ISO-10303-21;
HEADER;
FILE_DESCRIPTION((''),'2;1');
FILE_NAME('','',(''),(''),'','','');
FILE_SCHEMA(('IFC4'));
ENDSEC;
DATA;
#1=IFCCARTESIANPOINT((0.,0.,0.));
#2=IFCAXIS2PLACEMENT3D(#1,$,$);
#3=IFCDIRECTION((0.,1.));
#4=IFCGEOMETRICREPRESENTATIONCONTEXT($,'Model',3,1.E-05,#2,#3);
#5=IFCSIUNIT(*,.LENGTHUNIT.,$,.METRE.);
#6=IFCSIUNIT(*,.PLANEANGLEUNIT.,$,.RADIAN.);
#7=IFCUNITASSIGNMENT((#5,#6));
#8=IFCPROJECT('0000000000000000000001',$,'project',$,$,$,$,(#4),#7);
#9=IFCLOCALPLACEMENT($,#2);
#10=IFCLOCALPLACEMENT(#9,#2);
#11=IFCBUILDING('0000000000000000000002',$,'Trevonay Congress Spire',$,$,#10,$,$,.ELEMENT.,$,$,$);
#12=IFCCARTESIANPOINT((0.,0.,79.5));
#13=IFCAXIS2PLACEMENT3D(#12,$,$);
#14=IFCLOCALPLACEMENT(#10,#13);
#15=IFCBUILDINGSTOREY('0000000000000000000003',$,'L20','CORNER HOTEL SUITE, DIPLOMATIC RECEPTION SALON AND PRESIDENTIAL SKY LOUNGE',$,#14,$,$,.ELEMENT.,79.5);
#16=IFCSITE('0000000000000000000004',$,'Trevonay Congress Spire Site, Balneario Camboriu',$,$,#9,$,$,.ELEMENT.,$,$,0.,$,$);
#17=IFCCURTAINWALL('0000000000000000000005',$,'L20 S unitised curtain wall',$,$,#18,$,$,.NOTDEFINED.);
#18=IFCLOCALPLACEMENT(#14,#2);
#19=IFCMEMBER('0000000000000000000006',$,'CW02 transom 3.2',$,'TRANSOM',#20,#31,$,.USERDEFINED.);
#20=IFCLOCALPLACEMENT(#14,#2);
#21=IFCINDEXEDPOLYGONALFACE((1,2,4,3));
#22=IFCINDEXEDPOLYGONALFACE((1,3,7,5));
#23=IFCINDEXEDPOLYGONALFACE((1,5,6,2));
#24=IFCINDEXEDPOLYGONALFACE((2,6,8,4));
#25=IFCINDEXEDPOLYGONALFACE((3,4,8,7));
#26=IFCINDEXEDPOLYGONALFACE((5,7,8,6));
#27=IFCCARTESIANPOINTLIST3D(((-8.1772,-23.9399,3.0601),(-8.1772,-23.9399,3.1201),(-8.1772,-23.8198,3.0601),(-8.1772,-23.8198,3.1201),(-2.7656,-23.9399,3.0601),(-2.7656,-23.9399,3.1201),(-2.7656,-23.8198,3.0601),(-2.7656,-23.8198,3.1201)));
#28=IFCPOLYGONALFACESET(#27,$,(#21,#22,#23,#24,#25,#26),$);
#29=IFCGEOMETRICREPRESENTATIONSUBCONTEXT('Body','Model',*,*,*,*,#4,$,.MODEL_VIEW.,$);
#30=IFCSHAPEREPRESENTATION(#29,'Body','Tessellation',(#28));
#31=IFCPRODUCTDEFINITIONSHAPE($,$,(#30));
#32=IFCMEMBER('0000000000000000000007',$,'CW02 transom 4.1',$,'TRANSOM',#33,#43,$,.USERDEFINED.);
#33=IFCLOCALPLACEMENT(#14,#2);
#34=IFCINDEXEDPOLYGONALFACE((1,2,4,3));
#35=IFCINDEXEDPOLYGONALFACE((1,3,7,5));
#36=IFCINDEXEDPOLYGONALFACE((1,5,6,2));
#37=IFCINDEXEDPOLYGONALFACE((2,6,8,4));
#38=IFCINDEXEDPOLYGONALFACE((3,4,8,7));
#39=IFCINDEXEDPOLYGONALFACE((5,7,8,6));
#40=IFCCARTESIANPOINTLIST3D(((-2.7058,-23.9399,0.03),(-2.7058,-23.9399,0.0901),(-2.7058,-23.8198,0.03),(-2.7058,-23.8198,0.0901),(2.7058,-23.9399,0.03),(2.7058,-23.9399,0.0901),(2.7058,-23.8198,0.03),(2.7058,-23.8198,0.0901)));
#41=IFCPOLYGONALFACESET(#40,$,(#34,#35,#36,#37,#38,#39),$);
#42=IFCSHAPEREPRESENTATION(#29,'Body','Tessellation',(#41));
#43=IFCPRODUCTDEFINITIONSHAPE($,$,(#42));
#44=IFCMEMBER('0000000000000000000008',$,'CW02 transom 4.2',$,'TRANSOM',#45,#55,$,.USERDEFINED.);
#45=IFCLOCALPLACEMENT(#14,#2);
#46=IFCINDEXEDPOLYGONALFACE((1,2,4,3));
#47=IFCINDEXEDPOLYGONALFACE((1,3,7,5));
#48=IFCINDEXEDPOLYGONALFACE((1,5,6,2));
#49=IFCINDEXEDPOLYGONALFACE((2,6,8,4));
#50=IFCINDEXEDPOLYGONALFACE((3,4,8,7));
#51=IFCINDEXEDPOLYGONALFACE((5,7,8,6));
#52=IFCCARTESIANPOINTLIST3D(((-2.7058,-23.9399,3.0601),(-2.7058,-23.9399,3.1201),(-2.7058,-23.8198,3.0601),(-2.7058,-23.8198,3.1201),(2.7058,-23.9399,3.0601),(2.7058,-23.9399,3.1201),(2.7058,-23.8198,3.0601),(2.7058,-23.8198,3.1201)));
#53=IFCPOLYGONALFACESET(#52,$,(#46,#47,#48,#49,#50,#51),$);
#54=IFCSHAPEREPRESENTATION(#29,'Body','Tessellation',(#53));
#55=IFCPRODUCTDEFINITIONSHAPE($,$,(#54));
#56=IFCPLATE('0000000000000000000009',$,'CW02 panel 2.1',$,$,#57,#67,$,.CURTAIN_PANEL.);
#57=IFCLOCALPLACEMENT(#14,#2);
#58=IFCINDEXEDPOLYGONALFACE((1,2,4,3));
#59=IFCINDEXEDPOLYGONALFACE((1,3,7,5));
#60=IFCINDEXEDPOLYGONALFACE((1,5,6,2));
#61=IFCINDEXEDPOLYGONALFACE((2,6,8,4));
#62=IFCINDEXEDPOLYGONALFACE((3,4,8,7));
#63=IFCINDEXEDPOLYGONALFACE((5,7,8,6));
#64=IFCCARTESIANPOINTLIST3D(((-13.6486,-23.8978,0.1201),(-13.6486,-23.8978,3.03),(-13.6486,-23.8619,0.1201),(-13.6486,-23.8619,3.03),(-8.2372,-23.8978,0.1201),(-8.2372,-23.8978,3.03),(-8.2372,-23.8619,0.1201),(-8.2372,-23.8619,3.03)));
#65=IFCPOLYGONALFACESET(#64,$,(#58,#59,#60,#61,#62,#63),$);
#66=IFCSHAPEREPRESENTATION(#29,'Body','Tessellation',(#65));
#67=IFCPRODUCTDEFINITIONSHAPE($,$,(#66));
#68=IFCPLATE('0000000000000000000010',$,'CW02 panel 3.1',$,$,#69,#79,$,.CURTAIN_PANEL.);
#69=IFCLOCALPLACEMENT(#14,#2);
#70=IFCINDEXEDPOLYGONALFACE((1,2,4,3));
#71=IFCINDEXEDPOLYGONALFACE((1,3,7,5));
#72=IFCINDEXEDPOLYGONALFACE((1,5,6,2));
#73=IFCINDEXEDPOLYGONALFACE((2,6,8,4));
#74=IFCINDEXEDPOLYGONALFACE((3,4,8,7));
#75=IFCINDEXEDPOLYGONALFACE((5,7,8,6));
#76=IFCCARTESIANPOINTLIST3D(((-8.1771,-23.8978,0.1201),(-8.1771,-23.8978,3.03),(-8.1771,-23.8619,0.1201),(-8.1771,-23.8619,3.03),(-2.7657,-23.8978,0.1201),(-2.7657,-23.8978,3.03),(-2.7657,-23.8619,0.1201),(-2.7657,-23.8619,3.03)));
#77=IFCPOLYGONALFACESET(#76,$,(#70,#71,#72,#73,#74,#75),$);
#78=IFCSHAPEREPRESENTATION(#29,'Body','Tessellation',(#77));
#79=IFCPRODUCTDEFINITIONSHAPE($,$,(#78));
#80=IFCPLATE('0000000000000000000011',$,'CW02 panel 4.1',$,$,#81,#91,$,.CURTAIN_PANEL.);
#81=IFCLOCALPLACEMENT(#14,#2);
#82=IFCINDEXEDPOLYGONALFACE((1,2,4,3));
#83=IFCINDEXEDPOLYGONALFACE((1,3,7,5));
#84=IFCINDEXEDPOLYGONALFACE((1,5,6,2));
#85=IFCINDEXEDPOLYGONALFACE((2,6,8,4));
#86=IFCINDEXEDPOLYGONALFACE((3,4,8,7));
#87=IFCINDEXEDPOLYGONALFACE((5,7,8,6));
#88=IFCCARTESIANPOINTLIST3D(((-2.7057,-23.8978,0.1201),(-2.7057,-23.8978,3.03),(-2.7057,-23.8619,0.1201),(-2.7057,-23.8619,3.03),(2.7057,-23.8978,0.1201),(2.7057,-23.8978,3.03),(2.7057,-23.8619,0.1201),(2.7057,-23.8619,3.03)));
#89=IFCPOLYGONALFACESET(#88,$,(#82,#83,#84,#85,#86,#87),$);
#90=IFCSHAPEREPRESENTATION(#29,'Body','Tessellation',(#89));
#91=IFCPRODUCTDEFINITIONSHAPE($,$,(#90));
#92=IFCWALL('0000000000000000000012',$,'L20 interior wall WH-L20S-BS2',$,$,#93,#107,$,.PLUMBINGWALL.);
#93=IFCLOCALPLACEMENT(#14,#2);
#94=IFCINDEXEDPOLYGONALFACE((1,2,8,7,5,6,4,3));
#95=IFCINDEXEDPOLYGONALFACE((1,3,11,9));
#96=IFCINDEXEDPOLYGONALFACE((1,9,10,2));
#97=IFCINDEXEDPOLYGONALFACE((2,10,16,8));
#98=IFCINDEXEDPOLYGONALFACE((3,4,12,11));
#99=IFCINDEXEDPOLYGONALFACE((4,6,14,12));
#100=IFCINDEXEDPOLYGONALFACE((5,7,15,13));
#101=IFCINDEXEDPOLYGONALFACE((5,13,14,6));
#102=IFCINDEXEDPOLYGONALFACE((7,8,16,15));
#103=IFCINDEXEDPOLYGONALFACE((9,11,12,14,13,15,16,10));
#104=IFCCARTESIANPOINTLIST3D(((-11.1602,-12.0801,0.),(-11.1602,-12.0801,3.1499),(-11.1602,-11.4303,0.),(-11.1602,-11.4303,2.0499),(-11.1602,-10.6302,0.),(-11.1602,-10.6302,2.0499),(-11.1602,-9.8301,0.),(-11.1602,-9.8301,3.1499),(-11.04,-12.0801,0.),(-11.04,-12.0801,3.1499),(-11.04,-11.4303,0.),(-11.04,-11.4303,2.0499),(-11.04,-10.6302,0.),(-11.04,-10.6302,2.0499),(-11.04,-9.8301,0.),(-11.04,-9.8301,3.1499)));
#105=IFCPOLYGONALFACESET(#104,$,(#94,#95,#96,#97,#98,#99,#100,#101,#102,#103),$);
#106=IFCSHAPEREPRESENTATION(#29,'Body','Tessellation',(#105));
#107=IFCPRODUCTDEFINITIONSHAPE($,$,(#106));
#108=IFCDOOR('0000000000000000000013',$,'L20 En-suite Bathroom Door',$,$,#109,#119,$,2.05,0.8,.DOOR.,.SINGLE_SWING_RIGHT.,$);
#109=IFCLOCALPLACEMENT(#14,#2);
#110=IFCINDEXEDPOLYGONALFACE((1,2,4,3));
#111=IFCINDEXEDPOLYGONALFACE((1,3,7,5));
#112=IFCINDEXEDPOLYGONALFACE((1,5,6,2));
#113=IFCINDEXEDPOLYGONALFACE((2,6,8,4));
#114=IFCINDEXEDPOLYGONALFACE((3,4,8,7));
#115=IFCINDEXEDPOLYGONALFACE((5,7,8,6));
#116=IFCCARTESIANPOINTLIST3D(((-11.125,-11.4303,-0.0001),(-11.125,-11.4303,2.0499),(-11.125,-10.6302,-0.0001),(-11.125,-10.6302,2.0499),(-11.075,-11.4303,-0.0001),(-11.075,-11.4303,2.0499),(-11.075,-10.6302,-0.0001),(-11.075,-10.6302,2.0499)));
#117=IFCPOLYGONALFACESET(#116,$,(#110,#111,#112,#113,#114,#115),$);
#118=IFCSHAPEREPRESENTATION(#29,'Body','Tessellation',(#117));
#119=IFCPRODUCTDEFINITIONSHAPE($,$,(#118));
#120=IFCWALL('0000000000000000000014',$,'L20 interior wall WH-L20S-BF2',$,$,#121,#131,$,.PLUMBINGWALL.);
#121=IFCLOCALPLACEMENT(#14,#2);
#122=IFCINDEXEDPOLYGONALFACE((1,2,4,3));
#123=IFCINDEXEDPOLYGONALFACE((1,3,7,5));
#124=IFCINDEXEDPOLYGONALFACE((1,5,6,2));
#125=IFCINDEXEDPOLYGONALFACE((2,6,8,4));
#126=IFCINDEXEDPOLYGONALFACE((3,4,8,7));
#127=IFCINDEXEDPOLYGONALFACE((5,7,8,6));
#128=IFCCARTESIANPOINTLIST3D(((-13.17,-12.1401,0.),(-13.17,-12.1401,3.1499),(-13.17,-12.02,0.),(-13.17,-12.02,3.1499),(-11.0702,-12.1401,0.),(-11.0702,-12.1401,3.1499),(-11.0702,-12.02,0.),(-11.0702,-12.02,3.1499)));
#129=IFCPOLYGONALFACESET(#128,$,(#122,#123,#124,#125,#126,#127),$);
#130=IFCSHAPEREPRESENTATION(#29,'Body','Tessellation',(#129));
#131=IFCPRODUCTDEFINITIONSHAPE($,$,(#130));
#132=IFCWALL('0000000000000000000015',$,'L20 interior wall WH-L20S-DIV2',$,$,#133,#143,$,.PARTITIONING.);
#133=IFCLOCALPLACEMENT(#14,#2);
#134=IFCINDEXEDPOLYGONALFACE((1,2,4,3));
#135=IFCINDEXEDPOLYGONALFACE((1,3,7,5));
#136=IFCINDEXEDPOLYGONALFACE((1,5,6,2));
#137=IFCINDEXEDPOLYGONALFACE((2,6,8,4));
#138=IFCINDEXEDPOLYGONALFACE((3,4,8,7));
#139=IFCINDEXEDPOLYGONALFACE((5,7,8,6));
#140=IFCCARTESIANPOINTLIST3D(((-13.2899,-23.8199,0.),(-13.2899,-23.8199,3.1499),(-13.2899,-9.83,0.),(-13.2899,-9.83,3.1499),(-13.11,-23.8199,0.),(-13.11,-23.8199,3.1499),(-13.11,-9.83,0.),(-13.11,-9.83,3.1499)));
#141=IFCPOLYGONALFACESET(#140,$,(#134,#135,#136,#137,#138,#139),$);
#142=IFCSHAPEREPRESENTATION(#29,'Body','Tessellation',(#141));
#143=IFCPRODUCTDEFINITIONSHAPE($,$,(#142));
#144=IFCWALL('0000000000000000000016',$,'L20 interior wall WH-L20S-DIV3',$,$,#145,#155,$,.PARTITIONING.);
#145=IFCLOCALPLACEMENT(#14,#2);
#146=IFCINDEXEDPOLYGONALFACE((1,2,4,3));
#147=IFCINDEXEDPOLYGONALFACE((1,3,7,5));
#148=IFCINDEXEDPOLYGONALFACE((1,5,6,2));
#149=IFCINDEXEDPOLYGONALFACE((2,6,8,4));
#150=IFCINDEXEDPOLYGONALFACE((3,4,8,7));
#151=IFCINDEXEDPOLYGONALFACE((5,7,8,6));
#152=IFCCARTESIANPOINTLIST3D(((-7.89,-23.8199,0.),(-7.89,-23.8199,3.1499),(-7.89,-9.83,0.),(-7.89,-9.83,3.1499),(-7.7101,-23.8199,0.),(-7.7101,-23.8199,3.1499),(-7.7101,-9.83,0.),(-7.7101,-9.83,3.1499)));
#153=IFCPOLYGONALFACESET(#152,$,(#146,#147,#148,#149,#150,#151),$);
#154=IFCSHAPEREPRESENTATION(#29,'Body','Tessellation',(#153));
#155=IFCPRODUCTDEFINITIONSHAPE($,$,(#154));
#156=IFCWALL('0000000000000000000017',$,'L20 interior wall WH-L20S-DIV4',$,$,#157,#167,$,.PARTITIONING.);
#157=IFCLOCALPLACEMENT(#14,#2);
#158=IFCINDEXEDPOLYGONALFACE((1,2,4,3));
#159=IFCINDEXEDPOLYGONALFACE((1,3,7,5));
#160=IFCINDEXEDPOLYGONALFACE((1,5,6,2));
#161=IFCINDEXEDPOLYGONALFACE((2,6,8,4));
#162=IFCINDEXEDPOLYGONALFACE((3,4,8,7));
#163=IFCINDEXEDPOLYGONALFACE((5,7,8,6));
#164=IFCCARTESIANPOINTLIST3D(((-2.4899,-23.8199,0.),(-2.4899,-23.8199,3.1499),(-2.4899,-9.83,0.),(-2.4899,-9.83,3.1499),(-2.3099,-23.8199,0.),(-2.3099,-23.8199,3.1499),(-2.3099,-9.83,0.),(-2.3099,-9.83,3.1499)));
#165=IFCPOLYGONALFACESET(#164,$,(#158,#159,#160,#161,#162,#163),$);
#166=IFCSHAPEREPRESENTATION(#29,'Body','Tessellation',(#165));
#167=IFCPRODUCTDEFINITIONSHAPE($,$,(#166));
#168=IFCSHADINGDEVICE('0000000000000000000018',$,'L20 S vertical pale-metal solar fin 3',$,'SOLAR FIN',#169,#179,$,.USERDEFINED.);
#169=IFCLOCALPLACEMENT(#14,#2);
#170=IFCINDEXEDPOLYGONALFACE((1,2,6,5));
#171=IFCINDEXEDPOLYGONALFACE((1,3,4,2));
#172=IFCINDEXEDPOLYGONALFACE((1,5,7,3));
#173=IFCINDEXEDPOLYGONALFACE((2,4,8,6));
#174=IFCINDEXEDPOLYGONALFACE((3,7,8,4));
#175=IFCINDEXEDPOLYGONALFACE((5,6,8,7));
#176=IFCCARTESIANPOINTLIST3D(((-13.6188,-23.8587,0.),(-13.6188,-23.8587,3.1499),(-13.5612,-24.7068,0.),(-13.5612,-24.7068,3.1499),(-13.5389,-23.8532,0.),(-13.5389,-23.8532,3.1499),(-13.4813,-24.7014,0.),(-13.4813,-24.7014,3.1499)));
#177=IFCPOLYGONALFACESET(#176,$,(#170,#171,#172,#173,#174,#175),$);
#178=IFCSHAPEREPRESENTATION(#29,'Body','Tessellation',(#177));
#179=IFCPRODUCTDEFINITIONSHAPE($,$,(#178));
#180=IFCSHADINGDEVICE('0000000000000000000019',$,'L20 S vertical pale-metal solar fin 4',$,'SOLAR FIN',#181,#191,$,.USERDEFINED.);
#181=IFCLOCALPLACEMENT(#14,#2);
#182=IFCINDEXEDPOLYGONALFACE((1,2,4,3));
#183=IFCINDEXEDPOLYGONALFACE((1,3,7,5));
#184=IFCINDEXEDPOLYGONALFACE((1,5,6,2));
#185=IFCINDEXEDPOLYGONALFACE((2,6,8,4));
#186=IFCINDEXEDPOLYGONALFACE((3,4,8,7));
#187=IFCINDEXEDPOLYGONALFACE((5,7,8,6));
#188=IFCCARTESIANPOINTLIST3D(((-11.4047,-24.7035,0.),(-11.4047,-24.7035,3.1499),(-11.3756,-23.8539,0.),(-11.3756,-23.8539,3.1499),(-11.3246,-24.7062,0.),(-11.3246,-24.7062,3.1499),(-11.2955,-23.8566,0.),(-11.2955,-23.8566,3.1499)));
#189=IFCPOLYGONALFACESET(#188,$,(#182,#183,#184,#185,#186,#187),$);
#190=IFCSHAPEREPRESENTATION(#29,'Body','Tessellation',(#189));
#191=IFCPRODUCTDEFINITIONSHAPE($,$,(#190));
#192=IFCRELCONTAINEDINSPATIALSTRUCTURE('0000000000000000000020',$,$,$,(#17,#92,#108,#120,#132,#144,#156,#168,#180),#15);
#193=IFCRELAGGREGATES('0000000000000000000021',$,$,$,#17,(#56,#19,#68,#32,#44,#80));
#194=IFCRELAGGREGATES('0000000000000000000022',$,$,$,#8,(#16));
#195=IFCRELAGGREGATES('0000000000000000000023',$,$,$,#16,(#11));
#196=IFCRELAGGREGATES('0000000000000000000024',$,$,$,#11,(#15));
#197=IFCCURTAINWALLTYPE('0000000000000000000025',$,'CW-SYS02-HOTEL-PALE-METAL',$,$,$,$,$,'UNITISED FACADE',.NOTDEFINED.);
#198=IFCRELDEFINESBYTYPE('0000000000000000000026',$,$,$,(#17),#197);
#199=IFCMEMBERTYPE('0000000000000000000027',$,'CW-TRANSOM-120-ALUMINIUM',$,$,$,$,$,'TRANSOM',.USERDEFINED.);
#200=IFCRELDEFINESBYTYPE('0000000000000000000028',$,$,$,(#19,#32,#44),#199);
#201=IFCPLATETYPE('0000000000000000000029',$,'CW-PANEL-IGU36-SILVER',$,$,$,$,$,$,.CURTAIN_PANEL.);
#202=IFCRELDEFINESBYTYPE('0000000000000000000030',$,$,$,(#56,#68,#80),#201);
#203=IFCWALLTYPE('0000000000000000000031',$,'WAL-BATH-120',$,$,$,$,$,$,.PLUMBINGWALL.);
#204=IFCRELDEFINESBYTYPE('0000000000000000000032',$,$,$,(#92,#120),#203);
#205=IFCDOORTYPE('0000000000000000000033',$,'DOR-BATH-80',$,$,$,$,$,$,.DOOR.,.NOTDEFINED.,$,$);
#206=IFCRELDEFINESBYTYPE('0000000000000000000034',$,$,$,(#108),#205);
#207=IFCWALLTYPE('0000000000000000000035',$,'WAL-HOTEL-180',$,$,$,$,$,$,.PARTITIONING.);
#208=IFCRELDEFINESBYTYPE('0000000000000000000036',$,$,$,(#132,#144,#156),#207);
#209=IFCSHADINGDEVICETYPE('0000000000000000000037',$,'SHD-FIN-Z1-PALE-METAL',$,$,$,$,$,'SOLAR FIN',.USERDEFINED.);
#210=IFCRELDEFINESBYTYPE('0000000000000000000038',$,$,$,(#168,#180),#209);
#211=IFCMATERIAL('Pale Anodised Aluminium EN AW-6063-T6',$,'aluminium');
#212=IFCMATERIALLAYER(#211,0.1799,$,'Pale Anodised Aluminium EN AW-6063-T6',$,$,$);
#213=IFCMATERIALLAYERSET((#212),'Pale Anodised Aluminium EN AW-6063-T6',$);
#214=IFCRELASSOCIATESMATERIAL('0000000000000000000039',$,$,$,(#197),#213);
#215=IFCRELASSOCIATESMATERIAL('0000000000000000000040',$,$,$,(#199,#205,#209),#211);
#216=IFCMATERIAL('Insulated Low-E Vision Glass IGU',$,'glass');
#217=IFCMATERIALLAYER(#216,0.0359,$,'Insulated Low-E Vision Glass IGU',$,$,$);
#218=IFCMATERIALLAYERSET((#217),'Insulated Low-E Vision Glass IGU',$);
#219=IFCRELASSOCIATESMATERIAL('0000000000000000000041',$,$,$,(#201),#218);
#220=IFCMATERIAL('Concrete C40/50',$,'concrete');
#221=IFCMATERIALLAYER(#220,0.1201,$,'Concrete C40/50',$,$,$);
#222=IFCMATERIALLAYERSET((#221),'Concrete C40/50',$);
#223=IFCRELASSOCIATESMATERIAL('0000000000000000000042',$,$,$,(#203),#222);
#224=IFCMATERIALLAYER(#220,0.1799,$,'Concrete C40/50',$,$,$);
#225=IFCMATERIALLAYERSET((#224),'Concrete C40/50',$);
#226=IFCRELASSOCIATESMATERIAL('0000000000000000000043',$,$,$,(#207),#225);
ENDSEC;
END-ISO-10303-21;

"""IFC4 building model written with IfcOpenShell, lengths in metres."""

from ifc_helpers import new_model, si_unit, direction, frame, frame_2d, origin, origin_2d, place, context, subcontext, project, spatial, rectangle, extrude, material, layer, layer_set, material_profile, profile_set, type_object, element, fill, aggregate, save


model = new_model("IFC4")

# Units and contexts
model_context = context("Model", 3, precision=1e-05, world=origin(), true_north=direction((0.0, 1.0)))
body_context = subcontext(model_context, "Body", "Model", "MODEL_VIEW")
ifc_project = project(units=[si_unit("LENGTHUNIT", "METRE"), si_unit("PLANEANGLEUNIT", "RADIAN")], contexts=[model_context])

# Site, building, storey
site_placement = place(None, origin())
site = spatial("IfcSite", under=ifc_project, at=site_placement, Name="Trevonay Congress Spire Site, Balneario Camboriu", CompositionType="ELEMENT", RefElevation=0.0)
building_placement = place(site_placement, origin())
building = spatial("IfcBuilding", under=site, at=building_placement, Name="Trevonay Congress Spire", CompositionType="ELEMENT")
storey_placement = place(building_placement, frame((0.0, 0.0, 79.5)))
storey = spatial("IfcBuildingStorey", under=building, at=storey_placement, Name="L20", Description="CORNER HOTEL SUITE, DIPLOMATIC RECEPTION SALON AND PRESIDENTIAL SKY LOUNGE", CompositionType="ELEMENT", Elevation=79.5)

# Curtain wall, members, plates
ifc_material_1 = material(Name="Pale Anodised Aluminium EN AW-6063-T6", Category="aluminium")
ifc_layer_1 = layer(ifc_material_1, 0.1799, Name="Pale Anodised Aluminium EN AW-6063-T6")
ifc_layer_set_1 = layer_set([ifc_layer_1], Name="Pale Anodised Aluminium EN AW-6063-T6")
curtain_wall_type = type_object("IfcCurtainWallType", Name="CW-SYS02-HOTEL-PALE-METAL", ElementType="UNITISED FACADE", PredefinedType="NOTDEFINED", material=ifc_layer_set_1)
curtain_wall_placement = place(storey_placement, origin())
curtain_wall = element("IfcCurtainWall", 1, at=curtain_wall_placement, inside=storey, type_object=curtain_wall_type, Name="L20 S unitised curtain wall", PredefinedType="NOTDEFINED")
ifc_material_profile_1 = material_profile(ifc_material_1, rectangle(XDim=0.1201, YDim=0.0601, at=origin_2d()), Name="CW-TRANSOM-120-ALUMINIUM")
ifc_profile_set_1 = profile_set([ifc_material_profile_1], Name="Pale Anodised Aluminium EN AW-6063-T6")
member_type_1 = type_object("IfcMemberType", Name="CW-TRANSOM-120-ALUMINIUM", ElementType="TRANSOM", PredefinedType="USERDEFINED", material=ifc_profile_set_1)
member_1_placement = place(storey_placement, frame((-8.1772, -23.8799, 3.0901), z_axis=(1.0, 0.0, 0.0), x_axis=(0.0, 1.0, 0.0)))
member_1 = element("IfcMember", 2, at=member_1_placement, type_object=member_type_1, Name="CW02 transom 3.2", ObjectType="TRANSOM", PredefinedType="USERDEFINED", context=body_context, shape_type="SweptSolid", body=[
    extrude(rectangle(XDim=0.1201, YDim=0.0601, at=origin_2d()), origin(), (0.0, 0.0, 1.0), 5.4116),
])
member_2_placement = place(storey_placement, frame((-2.7058, -23.8799, 0.0601), z_axis=(1.0, 0.0, 0.0), x_axis=(0.0, 1.0, 0.0)))
member_2 = element("IfcMember", 3, at=member_2_placement, type_object=member_type_1, Name="CW02 transom 4.1", ObjectType="TRANSOM", PredefinedType="USERDEFINED", context=body_context, shape_type="SweptSolid", body=[
    extrude(rectangle(XDim=0.1201, YDim=0.0601, at=origin_2d()), origin(), (0.0, 0.0, 1.0), 5.4116),
])
member_3_placement = place(storey_placement, frame((-2.7058, -23.8799, 3.0901), z_axis=(1.0, 0.0, 0.0), x_axis=(0.0, 1.0, 0.0)))
member_3 = element("IfcMember", 4, at=member_3_placement, type_object=member_type_1, Name="CW02 transom 4.2", ObjectType="TRANSOM", PredefinedType="USERDEFINED", context=body_context, shape_type="SweptSolid", body=[
    extrude(rectangle(XDim=0.1201, YDim=0.0601, at=origin_2d()), origin(), (0.0, 0.0, 1.0), 5.4116),
])
ifc_material_2 = material(Name="Insulated Low-E Vision Glass IGU", Category="glass")
ifc_layer_2 = layer(ifc_material_2, 0.0359, Name="Insulated Low-E Vision Glass IGU")
ifc_layer_set_2 = layer_set([ifc_layer_2], Name="Insulated Low-E Vision Glass IGU")
plate_type = type_object("IfcPlateType", Name="CW-PANEL-IGU36-SILVER", PredefinedType="CURTAIN_PANEL", material=ifc_layer_set_2)
plate_1_placement = place(storey_placement, frame((-10.9429, -23.8799, 0.1201), z_axis=(0.0, 0.0, 1.0), x_axis=(1.0, 0.0, 0.0)))
plate_1 = element("IfcPlate", 5, at=plate_1_placement, type_object=plate_type, Name="CW02 panel 2.1", PredefinedType="CURTAIN_PANEL", context=body_context, shape_type="SweptSolid", body=[
    extrude(rectangle(XDim=5.4114, YDim=0.0359, at=origin_2d()), origin(), (0.0, 0.0, 1.0), 2.9099),
])
plate_2_placement = place(storey_placement, frame((-5.4714, -23.8799, 0.1201), z_axis=(0.0, 0.0, 1.0), x_axis=(1.0, 0.0, 0.0)))
plate_2 = element("IfcPlate", 6, at=plate_2_placement, type_object=plate_type, Name="CW02 panel 3.1", PredefinedType="CURTAIN_PANEL", context=body_context, shape_type="SweptSolid", body=[
    extrude(rectangle(XDim=5.4114, YDim=0.0359, at=origin_2d()), origin(), (0.0, 0.0, 1.0), 2.9099),
])
plate_3_placement = place(storey_placement, frame((0.0, -23.8799, 0.1201), z_axis=(0.0, 0.0, 1.0), x_axis=(1.0, 0.0, 0.0)))
plate_3 = element("IfcPlate", 7, at=plate_3_placement, type_object=plate_type, Name="CW02 panel 4.1", PredefinedType="CURTAIN_PANEL", context=body_context, shape_type="SweptSolid", body=[
    extrude(rectangle(XDim=5.4114, YDim=0.0359, at=origin_2d()), origin(), (0.0, 0.0, 1.0), 2.9099),
])
aggregate(curtain_wall, [plate_1, member_1, plate_2, member_2, member_3, plate_3])

# Wall, opening, door
ifc_material_3 = material(Name="Concrete C40/50", Category="concrete")
ifc_layer_3 = layer(ifc_material_3, 0.1201, Name="Concrete C40/50")
ifc_layer_set_3 = layer_set([ifc_layer_3], Name="Concrete C40/50")
wall_type_1 = type_object("IfcWallType", Name="WAL-BATH-120", PredefinedType="PLUMBINGWALL", material=ifc_layer_set_3)
wall_1_placement = place(storey_placement, frame((-11.1001, -12.0801, 0.0), z_axis=(0.0, 0.0, 1.0), x_axis=(0.0, 1.0, 0.0)))
wall_1 = element("IfcWall", 8, at=wall_1_placement, inside=storey, type_object=wall_type_1, Name="L20 interior wall WH-L20S-BS2", PredefinedType="PLUMBINGWALL", context=body_context, shape_type="SweptSolid", body=[
    extrude(rectangle(XDim=2.25, YDim=0.1201, at=frame_2d((1.125, 0.0))), origin(), (0.0, 0.0, 1.0), 3.1499),
])
opening_placement = place(wall_1_placement, frame((0.6499, 0.0, 0.0)))
opening = element("IfcOpeningElement", 9, at=opening_placement, cuts=wall_1, PredefinedType="OPENING", context=body_context, shape_type="SweptSolid", body=[
    extrude(rectangle(XDim=0.8, YDim=2.05, at=frame_2d((0.3999, 1.0249))), frame((0.0, 0.0701, 0.0), z_axis=(0.0, -1.0, 0.0), x_axis=(1.0, 0.0, 0.0)), (0.0, 0.0, 1.0), 0.1401),
])
door_type = type_object("IfcDoorType", Name="DOR-BATH-80", OperationType="NOTDEFINED", PredefinedType="DOOR", material=ifc_material_1)
door_placement = place(opening_placement, origin())
door = element("IfcDoor", 10, at=door_placement, inside=storey, type_object=door_type, Name="L20 En-suite Bathroom Door", OperationType="SINGLE_SWING_RIGHT", OverallHeight=2.05, OverallWidth=0.8, PredefinedType="DOOR", context=body_context, shape_type="SweptSolid", body=[
    extrude(rectangle(XDim=0.8, YDim=2.05, at=frame_2d((0.3999, 1.0249))), frame((0.0, 0.0249, 0.0), z_axis=(0.0, -1.0, 0.0), x_axis=(1.0, 0.0, 0.0)), (0.0, 0.0, 1.0), 0.05),
])
fill(opening, door)

# Walls
wall_2_placement = place(storey_placement, frame((-13.1699, -12.0801, 0.0), z_axis=(0.0, 0.0, 1.0), x_axis=(1.0, 0.0, 0.0)))
element("IfcWall", 11, at=wall_2_placement, inside=storey, type_object=wall_type_1, Name="L20 interior wall WH-L20S-BF2", PredefinedType="PLUMBINGWALL", context=body_context, shape_type="SweptSolid", body=[
    extrude(rectangle(XDim=2.0999, YDim=0.1201, at=frame_2d((1.0498, 0.0))), origin(), (0.0, 0.0, 1.0), 3.1499),
])
ifc_layer_4 = layer(ifc_material_3, 0.1799, Name="Concrete C40/50")
ifc_layer_set_4 = layer_set([ifc_layer_4], Name="Concrete C40/50")
wall_type_2 = type_object("IfcWallType", Name="WAL-HOTEL-180", PredefinedType="PARTITIONING", material=ifc_layer_set_4)
for number, where, z_axis, x_axis, name in (
    (12, (-13.2, -23.8201, 0.0), (0.0, 0.0, 1.0), (0.0, 1.0, 0.0), "L20 interior wall WH-L20S-DIV2"),
    (13, (-7.8, -23.8201, 0.0), (0.0, 0.0, 1.0), (0.0, 1.0, 0.0), "L20 interior wall WH-L20S-DIV3"),
    (14, (-2.3999, -23.8201, 0.0), (0.0, 0.0, 1.0), (0.0, 1.0, 0.0), "L20 interior wall WH-L20S-DIV4"),
):
    element("IfcWall", number, at=place(storey_placement, frame(where, z_axis=z_axis, x_axis=x_axis)), inside=storey, type_object=wall_type_2, Name=name, PredefinedType="PARTITIONING", context=body_context, shape_type="SweptSolid", body=[
        extrude(rectangle(XDim=13.99, YDim=0.1799, at=frame_2d((6.9951, 0.0))), origin(), (0.0, 0.0, 1.0), 3.1499),
    ])

# Shading devices
shading_device_type = type_object("IfcShadingDeviceType", Name="SHD-FIN-Z1-PALE-METAL", ElementType="SOLAR FIN", PredefinedType="USERDEFINED", material=ifc_material_1)
for number, where, z_axis, x_axis, name in (
    (15, (-13.55, -24.28, 0.0), (0.0, 0.0, 1.0), (0.997708, 0.067667, 0.0), "L20 S vertical pale-metal solar fin 3"),
    (16, (-11.3501, -24.28, 0.0), (0.0, 0.0, 1.0), (0.999415, -0.034202, 0.0), "L20 S vertical pale-metal solar fin 4"),
):
    element("IfcShadingDevice", number, at=place(storey_placement, frame(where, z_axis=z_axis, x_axis=x_axis)), inside=storey, type_object=shading_device_type, Name=name, ObjectType="SOLAR FIN", PredefinedType="USERDEFINED", context=body_context, shape_type="SweptSolid", body=[
        extrude(rectangle(XDim=0.0801, YDim=0.8501, at=origin_2d()), origin(), (0.0, 0.0, 1.0), 3.1499),
    ])

save(model, "model.ifc")
